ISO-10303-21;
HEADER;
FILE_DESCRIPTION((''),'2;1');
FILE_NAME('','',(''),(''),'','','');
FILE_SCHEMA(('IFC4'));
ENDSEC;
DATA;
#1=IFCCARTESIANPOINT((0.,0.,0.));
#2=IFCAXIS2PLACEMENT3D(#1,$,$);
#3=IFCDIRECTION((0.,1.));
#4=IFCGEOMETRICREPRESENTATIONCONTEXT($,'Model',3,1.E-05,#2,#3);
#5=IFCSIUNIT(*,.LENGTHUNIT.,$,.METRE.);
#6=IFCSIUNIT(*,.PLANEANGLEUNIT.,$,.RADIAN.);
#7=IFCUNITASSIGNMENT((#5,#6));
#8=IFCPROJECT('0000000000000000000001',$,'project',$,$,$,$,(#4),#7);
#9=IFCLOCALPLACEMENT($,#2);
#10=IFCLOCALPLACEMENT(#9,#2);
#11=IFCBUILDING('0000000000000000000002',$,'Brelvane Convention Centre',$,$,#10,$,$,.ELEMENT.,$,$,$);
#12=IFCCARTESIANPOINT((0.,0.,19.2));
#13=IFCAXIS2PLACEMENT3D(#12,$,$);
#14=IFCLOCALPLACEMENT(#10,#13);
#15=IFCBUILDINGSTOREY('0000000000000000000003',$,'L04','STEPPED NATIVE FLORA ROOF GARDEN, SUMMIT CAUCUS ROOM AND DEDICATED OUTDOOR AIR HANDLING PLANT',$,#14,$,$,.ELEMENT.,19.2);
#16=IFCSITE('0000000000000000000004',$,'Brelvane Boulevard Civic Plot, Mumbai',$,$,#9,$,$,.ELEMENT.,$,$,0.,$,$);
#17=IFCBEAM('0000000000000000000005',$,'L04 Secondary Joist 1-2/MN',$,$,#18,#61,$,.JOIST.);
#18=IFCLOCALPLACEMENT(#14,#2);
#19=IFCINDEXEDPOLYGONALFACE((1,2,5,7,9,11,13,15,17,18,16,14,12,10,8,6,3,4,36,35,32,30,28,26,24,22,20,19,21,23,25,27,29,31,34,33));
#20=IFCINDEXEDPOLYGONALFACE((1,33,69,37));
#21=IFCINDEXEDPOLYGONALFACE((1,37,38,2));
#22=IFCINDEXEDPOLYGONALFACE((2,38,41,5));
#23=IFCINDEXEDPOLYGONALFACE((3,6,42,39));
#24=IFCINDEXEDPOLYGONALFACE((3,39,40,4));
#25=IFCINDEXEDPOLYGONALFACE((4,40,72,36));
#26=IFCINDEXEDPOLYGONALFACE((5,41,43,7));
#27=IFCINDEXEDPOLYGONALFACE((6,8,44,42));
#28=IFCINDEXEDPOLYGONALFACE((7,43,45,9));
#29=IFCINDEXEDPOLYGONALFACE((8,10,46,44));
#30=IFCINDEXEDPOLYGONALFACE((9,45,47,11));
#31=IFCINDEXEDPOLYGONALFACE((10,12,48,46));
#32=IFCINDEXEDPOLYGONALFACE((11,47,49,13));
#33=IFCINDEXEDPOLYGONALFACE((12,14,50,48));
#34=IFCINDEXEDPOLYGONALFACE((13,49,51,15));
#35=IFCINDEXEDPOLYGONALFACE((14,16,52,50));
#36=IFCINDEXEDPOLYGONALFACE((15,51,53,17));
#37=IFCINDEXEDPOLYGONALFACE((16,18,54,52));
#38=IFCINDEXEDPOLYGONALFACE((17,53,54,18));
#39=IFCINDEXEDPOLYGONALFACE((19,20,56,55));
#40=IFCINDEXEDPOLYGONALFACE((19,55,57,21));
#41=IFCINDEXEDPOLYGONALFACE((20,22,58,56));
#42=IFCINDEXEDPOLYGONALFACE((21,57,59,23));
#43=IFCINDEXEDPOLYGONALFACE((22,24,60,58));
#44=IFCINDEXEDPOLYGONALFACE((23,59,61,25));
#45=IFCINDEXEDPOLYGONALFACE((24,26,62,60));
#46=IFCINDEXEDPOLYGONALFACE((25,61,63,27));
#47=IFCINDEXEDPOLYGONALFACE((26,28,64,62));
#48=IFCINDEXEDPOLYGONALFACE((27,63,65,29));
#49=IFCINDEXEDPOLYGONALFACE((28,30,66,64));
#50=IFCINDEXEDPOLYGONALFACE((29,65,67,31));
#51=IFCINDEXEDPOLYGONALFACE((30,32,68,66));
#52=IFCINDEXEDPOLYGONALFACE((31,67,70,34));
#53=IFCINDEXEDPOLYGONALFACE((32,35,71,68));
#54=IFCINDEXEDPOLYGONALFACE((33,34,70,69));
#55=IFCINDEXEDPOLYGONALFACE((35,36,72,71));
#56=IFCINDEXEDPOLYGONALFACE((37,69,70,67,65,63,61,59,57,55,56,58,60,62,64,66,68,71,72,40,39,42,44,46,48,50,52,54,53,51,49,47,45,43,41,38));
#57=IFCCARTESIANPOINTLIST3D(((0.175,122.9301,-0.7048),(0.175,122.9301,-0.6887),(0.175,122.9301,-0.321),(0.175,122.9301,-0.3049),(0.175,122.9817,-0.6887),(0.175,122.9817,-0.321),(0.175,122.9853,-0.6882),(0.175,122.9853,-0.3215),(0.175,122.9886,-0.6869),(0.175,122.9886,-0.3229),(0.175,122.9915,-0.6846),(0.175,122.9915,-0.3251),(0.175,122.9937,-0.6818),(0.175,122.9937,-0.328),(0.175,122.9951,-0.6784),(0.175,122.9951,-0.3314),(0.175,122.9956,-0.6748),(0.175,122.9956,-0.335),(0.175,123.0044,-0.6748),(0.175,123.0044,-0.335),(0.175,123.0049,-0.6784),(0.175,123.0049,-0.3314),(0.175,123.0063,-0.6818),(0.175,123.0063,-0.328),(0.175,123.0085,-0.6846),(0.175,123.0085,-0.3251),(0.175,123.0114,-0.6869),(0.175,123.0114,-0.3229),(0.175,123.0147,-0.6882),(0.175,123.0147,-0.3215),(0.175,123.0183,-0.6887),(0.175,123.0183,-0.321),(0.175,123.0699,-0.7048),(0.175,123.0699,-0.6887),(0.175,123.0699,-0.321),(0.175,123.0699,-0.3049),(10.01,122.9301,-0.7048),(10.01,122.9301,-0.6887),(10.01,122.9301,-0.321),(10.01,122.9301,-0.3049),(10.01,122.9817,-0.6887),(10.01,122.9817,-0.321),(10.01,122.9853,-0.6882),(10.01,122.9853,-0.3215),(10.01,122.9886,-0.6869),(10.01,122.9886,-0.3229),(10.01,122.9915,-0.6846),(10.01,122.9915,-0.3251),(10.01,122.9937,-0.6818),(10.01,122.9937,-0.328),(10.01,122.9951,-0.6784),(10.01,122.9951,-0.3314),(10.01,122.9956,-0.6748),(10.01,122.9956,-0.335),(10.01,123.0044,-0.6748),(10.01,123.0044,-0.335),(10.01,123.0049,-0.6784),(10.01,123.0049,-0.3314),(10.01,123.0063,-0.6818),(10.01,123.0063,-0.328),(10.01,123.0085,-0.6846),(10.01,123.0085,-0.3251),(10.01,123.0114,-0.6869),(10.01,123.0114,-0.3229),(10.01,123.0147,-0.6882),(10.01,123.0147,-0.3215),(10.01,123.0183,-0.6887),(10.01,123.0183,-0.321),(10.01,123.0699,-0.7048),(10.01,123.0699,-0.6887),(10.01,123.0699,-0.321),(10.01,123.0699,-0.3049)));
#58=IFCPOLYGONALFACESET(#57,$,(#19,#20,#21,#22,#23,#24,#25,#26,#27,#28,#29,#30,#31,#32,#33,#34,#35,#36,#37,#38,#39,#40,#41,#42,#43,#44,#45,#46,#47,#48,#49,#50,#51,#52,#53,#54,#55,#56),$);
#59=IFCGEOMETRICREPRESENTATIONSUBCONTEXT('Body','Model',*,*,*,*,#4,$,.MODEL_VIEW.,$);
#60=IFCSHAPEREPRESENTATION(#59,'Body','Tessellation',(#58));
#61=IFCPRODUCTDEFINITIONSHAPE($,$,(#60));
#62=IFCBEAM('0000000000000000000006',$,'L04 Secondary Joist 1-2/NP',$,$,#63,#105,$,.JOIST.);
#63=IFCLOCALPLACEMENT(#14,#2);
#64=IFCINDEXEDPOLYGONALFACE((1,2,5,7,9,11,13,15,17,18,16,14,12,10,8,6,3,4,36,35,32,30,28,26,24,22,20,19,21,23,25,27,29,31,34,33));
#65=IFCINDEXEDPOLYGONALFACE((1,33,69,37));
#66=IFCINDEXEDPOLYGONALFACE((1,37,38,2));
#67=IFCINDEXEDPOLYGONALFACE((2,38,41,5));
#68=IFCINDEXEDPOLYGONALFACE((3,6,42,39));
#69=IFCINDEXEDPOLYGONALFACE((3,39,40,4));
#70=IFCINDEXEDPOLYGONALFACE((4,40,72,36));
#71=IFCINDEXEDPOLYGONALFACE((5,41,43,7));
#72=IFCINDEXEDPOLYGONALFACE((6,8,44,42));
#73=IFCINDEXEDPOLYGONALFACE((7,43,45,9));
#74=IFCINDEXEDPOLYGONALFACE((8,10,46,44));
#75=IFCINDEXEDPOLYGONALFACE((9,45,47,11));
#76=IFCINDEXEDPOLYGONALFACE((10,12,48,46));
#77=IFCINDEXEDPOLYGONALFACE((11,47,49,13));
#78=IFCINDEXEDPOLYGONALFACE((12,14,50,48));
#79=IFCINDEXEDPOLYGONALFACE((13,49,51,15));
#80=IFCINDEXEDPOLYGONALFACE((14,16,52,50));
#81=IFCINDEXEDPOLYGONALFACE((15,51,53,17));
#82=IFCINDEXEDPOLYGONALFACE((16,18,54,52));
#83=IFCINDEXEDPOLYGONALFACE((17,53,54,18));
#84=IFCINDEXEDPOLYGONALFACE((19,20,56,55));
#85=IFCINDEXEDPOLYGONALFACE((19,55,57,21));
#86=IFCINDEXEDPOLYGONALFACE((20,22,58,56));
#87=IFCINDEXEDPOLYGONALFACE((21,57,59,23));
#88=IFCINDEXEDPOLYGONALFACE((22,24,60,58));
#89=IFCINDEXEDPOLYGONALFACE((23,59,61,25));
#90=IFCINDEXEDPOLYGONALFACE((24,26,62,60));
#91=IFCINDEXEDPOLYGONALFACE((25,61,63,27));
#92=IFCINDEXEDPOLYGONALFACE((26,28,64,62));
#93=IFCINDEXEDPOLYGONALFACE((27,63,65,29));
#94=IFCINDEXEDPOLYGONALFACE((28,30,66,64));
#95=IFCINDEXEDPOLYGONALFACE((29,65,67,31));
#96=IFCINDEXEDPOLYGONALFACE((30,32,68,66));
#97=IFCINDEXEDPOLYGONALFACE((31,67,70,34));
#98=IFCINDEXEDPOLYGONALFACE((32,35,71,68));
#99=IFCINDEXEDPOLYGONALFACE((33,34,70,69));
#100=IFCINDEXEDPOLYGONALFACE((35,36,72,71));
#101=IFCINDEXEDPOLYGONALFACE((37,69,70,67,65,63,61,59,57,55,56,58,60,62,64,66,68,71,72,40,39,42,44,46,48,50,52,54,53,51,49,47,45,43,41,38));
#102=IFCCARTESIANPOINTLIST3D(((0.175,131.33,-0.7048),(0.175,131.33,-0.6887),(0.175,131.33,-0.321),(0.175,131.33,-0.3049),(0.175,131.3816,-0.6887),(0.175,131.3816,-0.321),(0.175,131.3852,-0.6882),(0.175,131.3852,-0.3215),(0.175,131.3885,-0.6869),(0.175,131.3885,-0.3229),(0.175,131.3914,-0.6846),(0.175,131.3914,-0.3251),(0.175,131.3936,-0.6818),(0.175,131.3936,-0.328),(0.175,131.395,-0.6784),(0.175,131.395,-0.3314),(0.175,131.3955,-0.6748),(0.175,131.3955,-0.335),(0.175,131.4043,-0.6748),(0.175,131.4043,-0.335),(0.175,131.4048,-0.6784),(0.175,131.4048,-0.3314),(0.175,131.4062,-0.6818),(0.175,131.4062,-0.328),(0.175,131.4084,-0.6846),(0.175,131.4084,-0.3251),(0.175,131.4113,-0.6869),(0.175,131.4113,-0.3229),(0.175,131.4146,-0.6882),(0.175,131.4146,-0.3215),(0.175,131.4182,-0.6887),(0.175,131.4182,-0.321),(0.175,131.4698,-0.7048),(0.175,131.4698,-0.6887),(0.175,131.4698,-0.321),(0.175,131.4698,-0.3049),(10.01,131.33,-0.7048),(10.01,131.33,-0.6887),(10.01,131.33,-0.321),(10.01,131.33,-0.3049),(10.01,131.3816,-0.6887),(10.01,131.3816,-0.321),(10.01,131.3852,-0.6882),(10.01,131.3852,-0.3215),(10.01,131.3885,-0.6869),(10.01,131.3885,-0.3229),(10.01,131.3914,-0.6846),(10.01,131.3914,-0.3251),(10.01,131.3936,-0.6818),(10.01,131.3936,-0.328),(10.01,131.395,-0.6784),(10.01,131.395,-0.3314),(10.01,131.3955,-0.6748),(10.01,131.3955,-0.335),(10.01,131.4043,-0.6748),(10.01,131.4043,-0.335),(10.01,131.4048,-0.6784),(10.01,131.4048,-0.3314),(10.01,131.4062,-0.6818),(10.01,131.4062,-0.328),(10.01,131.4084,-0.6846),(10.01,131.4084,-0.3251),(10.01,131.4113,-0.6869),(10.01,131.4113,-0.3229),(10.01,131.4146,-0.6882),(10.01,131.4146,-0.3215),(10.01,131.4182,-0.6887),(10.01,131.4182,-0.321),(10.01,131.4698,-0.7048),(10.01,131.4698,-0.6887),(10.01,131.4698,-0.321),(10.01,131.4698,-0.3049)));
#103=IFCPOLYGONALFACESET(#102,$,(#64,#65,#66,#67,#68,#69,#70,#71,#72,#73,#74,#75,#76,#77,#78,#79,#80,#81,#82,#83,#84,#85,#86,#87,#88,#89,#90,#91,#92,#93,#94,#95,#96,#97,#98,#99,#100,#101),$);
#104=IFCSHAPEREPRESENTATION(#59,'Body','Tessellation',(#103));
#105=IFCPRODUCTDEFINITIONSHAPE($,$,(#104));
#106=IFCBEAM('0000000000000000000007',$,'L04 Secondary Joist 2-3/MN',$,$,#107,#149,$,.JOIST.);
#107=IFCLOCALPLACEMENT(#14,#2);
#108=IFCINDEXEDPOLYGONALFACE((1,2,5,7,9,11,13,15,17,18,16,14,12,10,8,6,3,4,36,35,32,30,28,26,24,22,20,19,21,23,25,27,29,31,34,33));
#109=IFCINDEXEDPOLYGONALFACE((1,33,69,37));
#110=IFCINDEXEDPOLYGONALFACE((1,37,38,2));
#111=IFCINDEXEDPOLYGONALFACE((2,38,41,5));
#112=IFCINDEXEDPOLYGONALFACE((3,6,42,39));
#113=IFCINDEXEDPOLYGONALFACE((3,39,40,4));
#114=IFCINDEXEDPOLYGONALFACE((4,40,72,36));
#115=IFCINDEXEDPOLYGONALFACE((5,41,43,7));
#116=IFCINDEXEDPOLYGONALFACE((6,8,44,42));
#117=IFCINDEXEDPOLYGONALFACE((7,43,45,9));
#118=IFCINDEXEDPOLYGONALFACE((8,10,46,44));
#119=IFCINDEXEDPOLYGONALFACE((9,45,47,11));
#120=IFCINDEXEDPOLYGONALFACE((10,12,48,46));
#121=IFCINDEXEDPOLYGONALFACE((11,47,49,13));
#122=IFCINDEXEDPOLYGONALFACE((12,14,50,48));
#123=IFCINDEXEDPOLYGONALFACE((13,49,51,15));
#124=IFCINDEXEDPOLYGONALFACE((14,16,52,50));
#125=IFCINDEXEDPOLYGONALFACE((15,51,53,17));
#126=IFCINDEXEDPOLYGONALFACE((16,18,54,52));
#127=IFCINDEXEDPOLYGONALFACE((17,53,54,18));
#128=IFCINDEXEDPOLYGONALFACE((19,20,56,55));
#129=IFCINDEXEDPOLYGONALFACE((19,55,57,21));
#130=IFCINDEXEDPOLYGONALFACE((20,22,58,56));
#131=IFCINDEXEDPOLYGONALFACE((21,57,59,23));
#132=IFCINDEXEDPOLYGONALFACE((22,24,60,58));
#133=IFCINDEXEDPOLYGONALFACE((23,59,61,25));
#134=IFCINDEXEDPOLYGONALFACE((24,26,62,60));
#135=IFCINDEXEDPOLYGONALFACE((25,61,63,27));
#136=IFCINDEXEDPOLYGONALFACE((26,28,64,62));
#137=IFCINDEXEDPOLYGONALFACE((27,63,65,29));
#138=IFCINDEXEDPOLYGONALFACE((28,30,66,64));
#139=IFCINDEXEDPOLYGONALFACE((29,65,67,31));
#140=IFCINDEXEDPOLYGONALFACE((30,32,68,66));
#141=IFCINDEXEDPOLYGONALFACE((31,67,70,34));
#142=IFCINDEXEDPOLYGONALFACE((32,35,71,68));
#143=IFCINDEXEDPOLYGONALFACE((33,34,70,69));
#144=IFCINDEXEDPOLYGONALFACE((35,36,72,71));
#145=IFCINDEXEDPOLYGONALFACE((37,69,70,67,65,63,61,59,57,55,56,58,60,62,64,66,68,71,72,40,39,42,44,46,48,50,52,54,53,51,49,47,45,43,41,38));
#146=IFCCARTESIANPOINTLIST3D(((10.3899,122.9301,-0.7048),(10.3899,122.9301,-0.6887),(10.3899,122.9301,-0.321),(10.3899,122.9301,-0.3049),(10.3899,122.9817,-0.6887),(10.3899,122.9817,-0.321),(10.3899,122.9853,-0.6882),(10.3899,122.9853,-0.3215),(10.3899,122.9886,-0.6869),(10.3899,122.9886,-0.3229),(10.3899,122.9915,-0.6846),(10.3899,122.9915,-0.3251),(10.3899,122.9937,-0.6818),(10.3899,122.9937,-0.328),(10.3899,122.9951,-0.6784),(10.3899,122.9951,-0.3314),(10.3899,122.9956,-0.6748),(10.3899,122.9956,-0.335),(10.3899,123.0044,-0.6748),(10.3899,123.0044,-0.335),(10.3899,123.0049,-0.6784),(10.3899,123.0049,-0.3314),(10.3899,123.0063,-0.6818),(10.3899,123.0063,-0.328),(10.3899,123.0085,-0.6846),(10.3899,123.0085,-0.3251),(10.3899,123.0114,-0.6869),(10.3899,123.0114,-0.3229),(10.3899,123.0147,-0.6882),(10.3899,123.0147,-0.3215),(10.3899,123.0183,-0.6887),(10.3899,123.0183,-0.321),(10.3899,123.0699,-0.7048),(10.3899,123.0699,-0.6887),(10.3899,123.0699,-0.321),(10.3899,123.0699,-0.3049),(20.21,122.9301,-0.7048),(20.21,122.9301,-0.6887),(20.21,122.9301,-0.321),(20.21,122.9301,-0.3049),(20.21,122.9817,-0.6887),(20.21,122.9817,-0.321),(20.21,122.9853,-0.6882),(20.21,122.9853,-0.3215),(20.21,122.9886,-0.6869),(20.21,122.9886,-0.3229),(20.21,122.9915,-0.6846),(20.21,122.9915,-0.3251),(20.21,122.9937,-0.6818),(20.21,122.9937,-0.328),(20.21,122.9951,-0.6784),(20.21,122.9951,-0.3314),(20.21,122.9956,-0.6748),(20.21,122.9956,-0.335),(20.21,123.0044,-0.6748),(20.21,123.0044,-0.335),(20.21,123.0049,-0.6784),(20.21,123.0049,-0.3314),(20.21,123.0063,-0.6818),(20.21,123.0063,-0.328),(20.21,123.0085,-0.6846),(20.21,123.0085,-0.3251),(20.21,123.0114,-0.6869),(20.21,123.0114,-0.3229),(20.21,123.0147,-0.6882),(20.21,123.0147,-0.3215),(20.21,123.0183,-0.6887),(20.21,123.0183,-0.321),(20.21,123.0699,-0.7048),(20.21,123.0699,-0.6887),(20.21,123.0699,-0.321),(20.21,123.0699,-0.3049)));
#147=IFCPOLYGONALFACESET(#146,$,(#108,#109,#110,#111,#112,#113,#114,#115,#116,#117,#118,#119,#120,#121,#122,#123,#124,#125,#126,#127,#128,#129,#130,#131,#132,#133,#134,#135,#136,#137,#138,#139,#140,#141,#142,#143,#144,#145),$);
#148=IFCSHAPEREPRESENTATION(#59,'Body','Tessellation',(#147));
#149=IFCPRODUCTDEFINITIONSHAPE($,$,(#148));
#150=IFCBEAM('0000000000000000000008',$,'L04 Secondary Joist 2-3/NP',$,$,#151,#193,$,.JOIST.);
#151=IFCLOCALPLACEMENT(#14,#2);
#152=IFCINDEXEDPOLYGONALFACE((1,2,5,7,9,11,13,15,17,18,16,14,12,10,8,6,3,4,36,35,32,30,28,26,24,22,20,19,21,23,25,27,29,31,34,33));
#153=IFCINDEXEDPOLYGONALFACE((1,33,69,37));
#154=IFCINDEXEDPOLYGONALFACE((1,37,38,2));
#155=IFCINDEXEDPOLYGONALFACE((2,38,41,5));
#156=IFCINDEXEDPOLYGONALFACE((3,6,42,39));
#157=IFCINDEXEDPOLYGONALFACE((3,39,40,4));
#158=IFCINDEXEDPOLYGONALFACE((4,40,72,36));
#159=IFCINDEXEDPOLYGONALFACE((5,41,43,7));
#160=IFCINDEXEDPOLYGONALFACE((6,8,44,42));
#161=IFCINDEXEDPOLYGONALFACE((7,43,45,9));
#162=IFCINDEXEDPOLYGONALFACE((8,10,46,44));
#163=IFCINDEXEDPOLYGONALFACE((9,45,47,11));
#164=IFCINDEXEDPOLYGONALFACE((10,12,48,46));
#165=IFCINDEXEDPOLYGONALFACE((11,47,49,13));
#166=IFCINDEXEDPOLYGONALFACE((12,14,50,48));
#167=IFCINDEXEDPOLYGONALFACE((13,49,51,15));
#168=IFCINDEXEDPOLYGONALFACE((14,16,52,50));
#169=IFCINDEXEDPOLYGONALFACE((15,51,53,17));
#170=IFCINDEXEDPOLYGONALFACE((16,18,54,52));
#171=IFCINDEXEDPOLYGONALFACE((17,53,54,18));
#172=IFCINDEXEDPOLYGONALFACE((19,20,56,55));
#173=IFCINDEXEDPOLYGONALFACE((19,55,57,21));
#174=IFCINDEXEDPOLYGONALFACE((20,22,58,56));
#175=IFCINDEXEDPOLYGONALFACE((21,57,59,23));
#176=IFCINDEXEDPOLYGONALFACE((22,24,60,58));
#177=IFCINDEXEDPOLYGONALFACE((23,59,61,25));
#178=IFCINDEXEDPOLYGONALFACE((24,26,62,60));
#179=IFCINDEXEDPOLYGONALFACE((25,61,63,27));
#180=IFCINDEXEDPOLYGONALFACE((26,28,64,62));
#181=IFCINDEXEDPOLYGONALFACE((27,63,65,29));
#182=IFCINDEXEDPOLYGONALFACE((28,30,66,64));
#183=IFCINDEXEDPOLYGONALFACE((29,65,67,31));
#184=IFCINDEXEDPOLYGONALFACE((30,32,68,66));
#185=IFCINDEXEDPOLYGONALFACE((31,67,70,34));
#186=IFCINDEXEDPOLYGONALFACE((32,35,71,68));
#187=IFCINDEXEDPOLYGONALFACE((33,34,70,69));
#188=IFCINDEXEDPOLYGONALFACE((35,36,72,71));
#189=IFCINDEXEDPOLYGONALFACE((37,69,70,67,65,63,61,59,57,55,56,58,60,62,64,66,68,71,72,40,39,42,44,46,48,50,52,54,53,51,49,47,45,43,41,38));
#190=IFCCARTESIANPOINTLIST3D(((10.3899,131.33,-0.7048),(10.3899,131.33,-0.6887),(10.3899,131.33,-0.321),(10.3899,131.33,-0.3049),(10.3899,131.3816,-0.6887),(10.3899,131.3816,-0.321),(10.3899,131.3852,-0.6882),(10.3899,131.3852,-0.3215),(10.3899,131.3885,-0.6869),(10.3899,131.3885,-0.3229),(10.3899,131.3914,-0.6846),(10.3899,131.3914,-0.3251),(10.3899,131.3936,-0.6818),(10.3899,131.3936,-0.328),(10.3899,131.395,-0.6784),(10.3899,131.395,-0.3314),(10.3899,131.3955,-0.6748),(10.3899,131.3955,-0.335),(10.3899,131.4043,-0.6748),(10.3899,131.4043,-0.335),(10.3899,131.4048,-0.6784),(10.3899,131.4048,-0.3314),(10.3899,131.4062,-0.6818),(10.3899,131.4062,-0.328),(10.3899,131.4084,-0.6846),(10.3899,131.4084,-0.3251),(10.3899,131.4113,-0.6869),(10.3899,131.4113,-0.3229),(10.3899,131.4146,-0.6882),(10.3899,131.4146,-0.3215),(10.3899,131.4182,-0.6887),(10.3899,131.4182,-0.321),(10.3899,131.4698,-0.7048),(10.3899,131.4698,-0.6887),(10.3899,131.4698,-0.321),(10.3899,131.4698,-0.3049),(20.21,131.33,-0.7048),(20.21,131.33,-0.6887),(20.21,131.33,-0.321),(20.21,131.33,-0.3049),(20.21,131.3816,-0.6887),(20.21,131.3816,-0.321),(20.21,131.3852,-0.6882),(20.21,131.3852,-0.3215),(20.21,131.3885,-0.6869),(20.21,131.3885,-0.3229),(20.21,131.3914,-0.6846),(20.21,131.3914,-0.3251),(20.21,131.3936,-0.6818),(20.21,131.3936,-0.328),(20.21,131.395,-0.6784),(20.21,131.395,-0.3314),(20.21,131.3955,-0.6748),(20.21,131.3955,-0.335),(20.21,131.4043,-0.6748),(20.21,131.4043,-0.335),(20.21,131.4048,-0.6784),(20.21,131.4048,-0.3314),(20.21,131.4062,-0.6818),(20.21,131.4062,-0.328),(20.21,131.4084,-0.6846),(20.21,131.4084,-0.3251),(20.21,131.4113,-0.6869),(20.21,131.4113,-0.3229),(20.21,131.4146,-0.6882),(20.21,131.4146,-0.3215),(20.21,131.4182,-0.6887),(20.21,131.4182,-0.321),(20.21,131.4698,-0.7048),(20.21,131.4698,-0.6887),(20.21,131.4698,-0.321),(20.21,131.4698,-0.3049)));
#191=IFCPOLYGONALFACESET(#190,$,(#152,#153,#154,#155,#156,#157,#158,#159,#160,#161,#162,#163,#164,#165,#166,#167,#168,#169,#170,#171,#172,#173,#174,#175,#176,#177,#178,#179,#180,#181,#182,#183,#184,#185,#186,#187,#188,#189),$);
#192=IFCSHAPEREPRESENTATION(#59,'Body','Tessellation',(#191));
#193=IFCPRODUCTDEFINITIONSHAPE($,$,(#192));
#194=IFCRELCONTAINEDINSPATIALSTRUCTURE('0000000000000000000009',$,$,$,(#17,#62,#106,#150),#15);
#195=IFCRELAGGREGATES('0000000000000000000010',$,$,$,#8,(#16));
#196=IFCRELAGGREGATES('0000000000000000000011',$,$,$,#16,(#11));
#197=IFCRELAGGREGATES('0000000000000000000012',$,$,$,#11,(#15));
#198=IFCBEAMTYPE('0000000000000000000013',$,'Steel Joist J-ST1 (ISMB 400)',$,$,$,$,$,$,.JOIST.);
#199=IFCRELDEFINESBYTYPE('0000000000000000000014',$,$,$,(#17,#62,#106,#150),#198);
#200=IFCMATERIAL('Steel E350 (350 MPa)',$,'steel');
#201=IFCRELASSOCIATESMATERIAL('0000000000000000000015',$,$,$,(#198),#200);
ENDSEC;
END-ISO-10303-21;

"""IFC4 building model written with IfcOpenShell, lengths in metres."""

from ifc_helpers import new_model, si_unit, direction, frame, origin, origin_2d, place, context, subcontext, project, spatial, i_section, extrude, material, material_profile, profile_set, type_object, element, save


model = new_model("IFC4")

# Units and contexts
model_context = context("Model", 3, precision=1e-05, world=origin(), true_north=direction((0.0, 1.0)))
body_context = subcontext(model_context, "Body", "Model", "MODEL_VIEW")
ifc_project = project(units=[si_unit("LENGTHUNIT", "METRE"), si_unit("PLANEANGLEUNIT", "RADIAN")], contexts=[model_context])

# Site, building, storey
site_placement = place(None, origin())
site = spatial("IfcSite", under=ifc_project, at=site_placement, Name="Brelvane Boulevard Civic Plot, Mumbai", CompositionType="ELEMENT", RefElevation=0.0)
building_placement = place(site_placement, origin())
building = spatial("IfcBuilding", under=site, at=building_placement, Name="Brelvane Convention Centre", CompositionType="ELEMENT")
storey_placement = place(building_placement, frame((0.0, 0.0, 19.2)))
storey = spatial("IfcBuildingStorey", under=building, at=storey_placement, Name="L04", Description="STEPPED NATIVE FLORA ROOF GARDEN, SUMMIT CAUCUS ROOM AND DEDICATED OUTDOOR AIR HANDLING PLANT", CompositionType="ELEMENT", Elevation=19.2)

# Beams
ifc_material_1 = material(Name="Steel E350 (350 MPa)", Category="steel")
ifc_material_profile_1 = material_profile(ifc_material_1, i_section(OverallWidth=0.1399, OverallDepth=0.3999, WebThickness=0.0088, FlangeThickness=0.0161, FilletRadius=0.0139, at=origin_2d()), Name="ISMB 400")
ifc_profile_set_1 = profile_set([ifc_material_profile_1], Name="Steel E350 (350 MPa)")
beam_type_1 = type_object("IfcBeamType", Name="Steel Joist J-ST1 (ISMB 400)", PredefinedType="JOIST", material=ifc_profile_set_1)
for number, where, z_axis, x_axis, name in (
    (1, (0.175, 123.0, -0.5049), (1.0, 0.0, 0.0), (0.0, 1.0, 0.0), "L04 Secondary Joist 1-2/MN"),
    (2, (0.175, 131.3999, -0.5049), (1.0, 0.0, 0.0), (0.0, 1.0, 0.0), "L04 Secondary Joist 1-2/NP"),
):
    element("IfcBeam", number, at=place(storey_placement, frame(where, z_axis=z_axis, x_axis=x_axis)), inside=storey, type_object=beam_type_1, Name=name, PredefinedType="JOIST", context=body_context, shape_type="SweptSolid", body=[
        extrude(i_section(OverallWidth=0.1399, OverallDepth=0.3999, WebThickness=0.0088, FlangeThickness=0.0161, FilletRadius=0.0139, at=origin_2d()), origin(), (0.0, 0.0, 1.0), 9.835),
    ])
for number, where, z_axis, x_axis, name in (
    (3, (10.3899, 123.0, -0.5049), (1.0, 0.0, 0.0), (0.0, 1.0, 0.0), "L04 Secondary Joist 2-3/MN"),
    (4, (10.3899, 131.3999, -0.5049), (1.0, 0.0, 0.0), (0.0, 1.0, 0.0), "L04 Secondary Joist 2-3/NP"),
):
    element("IfcBeam", number, at=place(storey_placement, frame(where, z_axis=z_axis, x_axis=x_axis)), inside=storey, type_object=beam_type_1, Name=name, PredefinedType="JOIST", context=body_context, shape_type="SweptSolid", body=[
        extrude(i_section(OverallWidth=0.1399, OverallDepth=0.3999, WebThickness=0.0088, FlangeThickness=0.0161, FilletRadius=0.0139, at=origin_2d()), origin(), (0.0, 0.0, 1.0), 9.8201),
    ])

save(model, "model.ifc")
